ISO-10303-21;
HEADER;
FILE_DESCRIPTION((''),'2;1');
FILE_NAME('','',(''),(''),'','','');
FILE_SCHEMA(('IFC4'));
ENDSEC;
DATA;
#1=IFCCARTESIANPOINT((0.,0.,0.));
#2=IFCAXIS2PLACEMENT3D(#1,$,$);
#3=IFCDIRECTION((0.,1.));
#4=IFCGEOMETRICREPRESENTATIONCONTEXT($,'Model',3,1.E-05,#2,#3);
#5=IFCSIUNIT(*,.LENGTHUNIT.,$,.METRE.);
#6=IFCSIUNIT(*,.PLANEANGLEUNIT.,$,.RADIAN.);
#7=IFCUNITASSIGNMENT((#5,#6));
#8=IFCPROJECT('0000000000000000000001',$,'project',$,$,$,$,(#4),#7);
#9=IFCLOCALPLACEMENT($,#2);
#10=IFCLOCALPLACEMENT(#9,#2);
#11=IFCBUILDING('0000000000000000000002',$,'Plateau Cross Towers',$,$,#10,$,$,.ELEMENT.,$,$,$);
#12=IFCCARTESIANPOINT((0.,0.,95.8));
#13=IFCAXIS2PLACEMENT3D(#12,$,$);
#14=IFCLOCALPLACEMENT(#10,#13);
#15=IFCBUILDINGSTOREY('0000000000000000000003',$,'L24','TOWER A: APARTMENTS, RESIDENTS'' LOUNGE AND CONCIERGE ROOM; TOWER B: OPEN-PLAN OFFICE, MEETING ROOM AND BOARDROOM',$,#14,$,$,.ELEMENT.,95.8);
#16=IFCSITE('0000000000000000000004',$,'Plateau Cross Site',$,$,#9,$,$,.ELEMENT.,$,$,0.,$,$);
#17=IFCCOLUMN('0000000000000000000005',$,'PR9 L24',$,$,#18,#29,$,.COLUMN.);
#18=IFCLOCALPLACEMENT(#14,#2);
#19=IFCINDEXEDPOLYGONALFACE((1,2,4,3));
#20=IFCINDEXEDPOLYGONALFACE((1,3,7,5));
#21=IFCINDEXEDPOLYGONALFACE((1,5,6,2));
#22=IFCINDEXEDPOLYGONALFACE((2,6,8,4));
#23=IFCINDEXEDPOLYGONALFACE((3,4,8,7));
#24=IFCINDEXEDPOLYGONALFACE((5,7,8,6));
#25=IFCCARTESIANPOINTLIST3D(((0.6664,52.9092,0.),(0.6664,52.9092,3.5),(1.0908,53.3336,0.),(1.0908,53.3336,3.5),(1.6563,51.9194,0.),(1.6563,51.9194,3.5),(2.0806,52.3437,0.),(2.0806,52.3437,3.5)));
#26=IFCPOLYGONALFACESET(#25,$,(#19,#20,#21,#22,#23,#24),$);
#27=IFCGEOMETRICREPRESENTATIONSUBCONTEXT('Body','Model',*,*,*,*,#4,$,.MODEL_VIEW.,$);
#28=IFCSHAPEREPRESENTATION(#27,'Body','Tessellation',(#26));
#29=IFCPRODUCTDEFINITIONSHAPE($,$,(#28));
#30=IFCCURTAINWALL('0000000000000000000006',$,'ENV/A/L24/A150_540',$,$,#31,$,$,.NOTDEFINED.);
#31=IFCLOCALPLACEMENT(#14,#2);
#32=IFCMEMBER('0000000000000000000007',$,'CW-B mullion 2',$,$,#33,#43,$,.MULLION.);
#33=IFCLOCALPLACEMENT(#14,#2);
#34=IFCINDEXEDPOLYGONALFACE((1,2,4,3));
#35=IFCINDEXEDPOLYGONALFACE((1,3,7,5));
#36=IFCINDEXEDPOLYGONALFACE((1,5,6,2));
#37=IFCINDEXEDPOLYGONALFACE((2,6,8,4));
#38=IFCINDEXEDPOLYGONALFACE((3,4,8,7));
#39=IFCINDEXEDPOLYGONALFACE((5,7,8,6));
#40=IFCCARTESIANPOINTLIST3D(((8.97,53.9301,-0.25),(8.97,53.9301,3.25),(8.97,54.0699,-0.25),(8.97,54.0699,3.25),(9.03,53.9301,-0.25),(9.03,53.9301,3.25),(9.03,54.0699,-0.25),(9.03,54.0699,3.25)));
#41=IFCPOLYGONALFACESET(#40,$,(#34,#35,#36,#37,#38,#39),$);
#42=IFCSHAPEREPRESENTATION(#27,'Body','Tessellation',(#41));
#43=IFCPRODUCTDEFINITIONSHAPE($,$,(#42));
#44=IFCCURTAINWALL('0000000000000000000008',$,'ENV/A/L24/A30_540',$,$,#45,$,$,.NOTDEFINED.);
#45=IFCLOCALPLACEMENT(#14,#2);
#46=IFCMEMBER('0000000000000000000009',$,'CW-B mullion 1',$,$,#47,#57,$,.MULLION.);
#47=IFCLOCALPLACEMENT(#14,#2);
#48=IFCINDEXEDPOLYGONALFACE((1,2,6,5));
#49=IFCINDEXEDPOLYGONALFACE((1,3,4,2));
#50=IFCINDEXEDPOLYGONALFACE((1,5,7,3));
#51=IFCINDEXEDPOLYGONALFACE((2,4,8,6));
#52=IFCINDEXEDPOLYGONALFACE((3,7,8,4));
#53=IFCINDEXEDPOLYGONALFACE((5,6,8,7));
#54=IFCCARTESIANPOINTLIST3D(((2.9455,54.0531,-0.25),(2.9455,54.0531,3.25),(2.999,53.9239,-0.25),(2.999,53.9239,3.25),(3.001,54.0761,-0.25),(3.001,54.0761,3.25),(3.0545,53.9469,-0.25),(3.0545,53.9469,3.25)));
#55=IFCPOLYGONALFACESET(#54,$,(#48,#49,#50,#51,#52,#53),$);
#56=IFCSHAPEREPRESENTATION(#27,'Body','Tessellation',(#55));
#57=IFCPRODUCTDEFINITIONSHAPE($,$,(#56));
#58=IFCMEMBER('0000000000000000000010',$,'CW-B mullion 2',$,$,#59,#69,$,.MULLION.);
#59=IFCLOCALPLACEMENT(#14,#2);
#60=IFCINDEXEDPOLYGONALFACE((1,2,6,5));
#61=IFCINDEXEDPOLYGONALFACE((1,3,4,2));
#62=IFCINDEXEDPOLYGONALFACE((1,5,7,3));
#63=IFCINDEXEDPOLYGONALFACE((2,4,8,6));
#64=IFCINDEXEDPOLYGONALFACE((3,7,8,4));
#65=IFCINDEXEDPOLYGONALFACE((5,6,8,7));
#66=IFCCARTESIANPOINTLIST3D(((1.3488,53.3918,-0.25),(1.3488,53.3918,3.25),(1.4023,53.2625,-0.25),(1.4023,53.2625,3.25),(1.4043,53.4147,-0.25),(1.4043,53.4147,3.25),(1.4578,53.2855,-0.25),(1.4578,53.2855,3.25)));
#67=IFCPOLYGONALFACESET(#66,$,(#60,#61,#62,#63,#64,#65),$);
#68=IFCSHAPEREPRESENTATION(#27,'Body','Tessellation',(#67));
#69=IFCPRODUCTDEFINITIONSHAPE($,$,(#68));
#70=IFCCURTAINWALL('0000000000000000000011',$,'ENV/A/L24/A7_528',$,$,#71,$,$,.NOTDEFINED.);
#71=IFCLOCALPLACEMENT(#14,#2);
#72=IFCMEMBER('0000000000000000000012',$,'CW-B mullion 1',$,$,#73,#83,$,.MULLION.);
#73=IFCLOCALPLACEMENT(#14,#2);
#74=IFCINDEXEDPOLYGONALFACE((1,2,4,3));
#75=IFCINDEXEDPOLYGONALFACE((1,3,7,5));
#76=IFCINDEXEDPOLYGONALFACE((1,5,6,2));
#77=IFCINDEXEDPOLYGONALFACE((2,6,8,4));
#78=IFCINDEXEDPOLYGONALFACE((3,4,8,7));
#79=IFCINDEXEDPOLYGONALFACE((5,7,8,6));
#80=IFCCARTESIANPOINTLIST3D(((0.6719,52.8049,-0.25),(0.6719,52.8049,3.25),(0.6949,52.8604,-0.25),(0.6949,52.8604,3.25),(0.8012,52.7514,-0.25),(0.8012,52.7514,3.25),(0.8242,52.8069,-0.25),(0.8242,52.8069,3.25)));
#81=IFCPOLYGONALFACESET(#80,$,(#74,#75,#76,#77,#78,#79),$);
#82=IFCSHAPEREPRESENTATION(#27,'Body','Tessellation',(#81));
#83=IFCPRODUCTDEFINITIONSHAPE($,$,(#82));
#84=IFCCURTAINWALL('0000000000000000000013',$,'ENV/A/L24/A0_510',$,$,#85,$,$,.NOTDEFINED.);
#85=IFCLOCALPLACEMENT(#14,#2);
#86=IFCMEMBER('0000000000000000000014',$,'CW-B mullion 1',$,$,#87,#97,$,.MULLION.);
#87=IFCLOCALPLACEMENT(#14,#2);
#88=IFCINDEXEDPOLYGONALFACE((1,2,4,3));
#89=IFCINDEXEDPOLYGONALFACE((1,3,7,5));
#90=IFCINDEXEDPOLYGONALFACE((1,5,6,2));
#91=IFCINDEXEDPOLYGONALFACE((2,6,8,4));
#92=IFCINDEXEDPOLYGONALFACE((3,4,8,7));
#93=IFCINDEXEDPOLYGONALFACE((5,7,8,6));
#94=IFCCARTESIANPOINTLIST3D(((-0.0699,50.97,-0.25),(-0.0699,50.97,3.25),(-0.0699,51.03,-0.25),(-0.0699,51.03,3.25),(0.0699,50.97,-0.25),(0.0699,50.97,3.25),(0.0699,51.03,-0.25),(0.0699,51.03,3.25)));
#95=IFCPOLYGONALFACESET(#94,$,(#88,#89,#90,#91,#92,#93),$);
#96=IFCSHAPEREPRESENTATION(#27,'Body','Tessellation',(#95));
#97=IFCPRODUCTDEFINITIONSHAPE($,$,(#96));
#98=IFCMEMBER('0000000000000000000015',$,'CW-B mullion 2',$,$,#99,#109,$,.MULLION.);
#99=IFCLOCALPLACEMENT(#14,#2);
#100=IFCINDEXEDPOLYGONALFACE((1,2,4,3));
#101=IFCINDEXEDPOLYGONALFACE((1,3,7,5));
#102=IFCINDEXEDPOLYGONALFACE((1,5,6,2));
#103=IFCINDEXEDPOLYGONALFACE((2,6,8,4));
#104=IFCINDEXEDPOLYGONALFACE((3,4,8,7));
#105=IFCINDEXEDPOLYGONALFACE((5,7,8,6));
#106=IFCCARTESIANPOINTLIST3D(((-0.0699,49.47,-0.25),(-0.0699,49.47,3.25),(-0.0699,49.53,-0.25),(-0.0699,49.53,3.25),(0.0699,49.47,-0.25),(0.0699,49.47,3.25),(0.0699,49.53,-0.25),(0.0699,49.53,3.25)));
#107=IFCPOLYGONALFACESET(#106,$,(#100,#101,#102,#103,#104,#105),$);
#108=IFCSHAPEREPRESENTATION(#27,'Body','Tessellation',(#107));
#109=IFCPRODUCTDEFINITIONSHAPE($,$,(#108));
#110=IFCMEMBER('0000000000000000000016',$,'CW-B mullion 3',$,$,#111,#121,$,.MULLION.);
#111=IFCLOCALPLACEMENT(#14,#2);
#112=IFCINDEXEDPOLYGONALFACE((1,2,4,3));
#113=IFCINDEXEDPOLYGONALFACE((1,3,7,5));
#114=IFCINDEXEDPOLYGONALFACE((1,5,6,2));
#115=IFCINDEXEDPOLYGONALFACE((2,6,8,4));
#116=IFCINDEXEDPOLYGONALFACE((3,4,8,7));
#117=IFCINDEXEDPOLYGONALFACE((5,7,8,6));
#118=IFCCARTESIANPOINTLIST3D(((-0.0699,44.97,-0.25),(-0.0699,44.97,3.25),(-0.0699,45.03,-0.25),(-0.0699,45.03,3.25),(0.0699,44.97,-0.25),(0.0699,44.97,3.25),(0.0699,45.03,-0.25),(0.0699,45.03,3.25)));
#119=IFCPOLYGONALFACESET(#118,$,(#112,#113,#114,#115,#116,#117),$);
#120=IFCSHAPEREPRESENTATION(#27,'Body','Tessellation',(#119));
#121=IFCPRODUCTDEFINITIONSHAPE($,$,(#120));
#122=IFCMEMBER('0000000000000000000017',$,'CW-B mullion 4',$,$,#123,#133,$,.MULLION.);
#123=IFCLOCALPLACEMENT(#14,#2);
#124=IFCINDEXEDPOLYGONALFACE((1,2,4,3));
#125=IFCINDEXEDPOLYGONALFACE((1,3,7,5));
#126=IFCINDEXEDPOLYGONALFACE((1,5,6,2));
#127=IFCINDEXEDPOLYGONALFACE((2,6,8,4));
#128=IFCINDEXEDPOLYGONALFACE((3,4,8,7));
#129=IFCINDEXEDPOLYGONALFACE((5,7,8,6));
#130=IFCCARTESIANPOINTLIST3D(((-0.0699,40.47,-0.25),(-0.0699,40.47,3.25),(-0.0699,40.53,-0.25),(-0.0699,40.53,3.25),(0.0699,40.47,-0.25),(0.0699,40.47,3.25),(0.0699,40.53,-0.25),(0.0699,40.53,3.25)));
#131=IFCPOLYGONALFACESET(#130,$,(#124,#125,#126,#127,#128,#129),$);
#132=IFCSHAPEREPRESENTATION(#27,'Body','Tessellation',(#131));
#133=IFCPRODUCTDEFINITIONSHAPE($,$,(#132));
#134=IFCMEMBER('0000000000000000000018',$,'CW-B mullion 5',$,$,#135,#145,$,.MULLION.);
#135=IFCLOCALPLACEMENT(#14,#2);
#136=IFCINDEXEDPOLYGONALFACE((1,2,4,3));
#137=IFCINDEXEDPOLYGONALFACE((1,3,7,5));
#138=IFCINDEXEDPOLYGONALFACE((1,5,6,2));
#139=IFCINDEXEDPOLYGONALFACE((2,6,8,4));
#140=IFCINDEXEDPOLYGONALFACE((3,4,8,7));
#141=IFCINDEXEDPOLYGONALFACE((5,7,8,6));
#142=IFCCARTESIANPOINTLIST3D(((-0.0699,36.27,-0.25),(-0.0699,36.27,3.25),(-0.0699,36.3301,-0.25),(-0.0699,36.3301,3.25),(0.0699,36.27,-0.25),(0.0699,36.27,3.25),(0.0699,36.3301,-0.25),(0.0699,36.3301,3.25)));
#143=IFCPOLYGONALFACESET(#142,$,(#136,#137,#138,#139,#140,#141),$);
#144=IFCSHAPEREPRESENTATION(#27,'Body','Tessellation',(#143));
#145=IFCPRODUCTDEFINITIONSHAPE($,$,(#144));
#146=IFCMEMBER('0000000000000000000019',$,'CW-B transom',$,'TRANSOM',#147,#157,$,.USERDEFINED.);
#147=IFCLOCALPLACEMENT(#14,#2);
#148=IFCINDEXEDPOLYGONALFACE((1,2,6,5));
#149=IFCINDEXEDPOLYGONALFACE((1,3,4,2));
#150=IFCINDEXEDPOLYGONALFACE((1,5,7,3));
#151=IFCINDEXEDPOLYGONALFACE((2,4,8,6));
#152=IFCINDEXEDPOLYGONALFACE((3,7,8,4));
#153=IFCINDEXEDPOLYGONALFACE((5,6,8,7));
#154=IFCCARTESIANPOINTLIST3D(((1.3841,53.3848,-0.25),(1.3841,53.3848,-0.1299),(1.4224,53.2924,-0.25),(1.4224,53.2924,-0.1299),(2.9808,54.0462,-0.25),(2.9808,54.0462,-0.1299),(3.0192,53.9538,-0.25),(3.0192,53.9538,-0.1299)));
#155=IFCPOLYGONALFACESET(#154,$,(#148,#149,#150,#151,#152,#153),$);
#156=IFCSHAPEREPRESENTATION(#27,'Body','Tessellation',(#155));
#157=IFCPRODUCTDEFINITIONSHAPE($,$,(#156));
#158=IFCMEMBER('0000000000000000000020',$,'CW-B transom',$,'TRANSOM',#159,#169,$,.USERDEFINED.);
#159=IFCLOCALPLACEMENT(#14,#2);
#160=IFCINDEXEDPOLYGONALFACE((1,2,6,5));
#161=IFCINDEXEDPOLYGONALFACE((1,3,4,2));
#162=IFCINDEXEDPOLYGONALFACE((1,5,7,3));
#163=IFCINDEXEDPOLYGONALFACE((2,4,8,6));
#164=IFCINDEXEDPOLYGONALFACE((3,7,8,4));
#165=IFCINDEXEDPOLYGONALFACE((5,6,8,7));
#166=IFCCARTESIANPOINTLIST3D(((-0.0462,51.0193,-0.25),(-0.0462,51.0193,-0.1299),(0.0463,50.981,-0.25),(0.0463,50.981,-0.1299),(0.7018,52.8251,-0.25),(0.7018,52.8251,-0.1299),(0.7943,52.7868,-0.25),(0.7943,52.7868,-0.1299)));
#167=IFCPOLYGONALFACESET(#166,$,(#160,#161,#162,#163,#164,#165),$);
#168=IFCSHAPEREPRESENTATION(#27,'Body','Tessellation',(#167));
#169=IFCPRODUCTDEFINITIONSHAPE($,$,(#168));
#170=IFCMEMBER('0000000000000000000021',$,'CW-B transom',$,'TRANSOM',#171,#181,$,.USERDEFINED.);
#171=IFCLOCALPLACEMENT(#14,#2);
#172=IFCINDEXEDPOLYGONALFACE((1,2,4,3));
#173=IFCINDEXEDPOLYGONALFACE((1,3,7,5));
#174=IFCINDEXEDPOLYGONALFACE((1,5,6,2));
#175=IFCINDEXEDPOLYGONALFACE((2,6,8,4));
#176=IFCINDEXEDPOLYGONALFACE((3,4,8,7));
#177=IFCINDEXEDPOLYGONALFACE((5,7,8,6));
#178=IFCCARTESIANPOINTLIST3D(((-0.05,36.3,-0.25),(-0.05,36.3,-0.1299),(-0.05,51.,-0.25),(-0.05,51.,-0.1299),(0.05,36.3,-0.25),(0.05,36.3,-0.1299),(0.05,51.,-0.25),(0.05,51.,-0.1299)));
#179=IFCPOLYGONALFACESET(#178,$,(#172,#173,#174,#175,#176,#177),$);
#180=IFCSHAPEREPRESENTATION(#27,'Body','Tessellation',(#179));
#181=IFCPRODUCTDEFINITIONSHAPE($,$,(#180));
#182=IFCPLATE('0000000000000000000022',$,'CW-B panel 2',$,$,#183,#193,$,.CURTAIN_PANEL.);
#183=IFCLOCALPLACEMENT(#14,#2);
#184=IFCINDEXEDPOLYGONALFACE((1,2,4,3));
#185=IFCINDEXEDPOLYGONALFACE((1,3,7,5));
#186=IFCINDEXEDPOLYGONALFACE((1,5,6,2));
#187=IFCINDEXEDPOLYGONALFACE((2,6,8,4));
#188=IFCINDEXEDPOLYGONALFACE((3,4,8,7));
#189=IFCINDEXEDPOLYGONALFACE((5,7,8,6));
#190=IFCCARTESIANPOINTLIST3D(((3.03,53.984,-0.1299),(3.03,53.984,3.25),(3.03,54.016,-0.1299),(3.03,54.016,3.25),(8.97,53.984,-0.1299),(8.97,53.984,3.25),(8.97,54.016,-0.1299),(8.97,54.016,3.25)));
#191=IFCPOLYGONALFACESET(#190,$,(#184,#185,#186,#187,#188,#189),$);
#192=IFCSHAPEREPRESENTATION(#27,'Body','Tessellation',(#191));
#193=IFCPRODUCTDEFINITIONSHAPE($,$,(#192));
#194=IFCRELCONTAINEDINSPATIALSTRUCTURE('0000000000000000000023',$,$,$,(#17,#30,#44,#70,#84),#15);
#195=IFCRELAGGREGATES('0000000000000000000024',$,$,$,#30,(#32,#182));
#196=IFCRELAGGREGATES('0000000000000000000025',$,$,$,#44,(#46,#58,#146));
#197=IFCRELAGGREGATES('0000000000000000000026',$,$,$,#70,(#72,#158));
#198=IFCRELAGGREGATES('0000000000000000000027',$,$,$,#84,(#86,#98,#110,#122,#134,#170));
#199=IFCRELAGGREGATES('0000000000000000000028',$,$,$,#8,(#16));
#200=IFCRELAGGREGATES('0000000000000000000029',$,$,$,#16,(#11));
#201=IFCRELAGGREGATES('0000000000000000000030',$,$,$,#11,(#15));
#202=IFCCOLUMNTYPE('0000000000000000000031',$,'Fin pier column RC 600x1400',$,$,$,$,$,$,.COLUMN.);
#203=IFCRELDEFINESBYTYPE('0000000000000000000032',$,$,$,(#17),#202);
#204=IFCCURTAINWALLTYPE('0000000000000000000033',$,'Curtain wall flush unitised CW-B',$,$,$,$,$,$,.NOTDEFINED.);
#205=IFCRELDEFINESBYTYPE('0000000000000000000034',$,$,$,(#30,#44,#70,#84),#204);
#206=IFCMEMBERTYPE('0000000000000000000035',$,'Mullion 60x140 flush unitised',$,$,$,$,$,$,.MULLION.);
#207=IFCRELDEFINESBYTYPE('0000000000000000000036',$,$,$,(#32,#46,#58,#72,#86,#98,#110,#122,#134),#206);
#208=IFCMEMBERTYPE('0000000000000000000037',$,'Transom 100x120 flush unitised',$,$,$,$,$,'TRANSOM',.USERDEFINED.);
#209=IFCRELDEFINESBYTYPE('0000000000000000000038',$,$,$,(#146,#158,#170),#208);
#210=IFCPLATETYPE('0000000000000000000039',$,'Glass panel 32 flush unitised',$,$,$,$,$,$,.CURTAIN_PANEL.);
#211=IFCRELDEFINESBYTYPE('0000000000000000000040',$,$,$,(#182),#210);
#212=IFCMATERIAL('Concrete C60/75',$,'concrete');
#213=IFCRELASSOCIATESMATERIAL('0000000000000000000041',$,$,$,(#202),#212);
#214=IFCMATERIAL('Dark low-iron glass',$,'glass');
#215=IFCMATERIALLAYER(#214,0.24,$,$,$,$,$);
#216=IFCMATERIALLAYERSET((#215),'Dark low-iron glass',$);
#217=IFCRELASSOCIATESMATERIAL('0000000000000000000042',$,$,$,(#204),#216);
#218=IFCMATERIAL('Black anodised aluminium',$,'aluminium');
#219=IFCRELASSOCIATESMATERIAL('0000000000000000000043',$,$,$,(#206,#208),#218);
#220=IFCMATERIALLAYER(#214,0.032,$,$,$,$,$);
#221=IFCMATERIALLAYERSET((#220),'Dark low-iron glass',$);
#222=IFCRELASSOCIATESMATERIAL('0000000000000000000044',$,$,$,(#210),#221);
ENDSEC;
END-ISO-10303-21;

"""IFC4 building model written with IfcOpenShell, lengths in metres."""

from ifc_helpers import new_model, si_unit, direction, frame, origin, origin_2d, place, context, subcontext, project, spatial, rectangle, extrude, material, layer, layer_set, material_profile, profile_set, type_object, element, aggregate, save


model = new_model("IFC4")

# Units and contexts
model_context = context("Model", 3, precision=1e-05, world=origin(), true_north=direction((0.0, 1.0)))
body_context = subcontext(model_context, "Body", "Model", "MODEL_VIEW")
ifc_project = project(units=[si_unit("LENGTHUNIT", "METRE"), si_unit("PLANEANGLEUNIT", "RADIAN")], contexts=[model_context])

# Site, building, storey
site_placement = place(None, origin())
site = spatial("IfcSite", under=ifc_project, at=site_placement, Name="Plateau Cross Site", CompositionType="ELEMENT", RefElevation=0.0)
building_placement = place(site_placement, origin())
building = spatial("IfcBuilding", under=site, at=building_placement, Name="Plateau Cross Towers", CompositionType="ELEMENT")
storey_placement = place(building_placement, frame((0.0, 0.0, 95.8)))
storey = spatial("IfcBuildingStorey", under=building, at=storey_placement, Name="L24", Description="TOWER A: APARTMENTS, RESIDENTS' LOUNGE AND CONCIERGE ROOM; TOWER B: OPEN-PLAN OFFICE, MEETING ROOM AND BOARDROOM", CompositionType="ELEMENT", Elevation=95.8)

# Column
ifc_material_1 = material(Name="Concrete C60/75", Category="concrete")
ifc_material_profile_1 = material_profile(ifc_material_1, rectangle(XDim=0.6001, YDim=1.3999, at=origin_2d()), Name="RC 600x1400")
ifc_profile_set_1 = profile_set([ifc_material_profile_1], Name="Concrete C60/75")
column_type = type_object("IfcColumnType", Name="Fin pier column RC 600x1400", PredefinedType="COLUMN", material=ifc_profile_set_1)
column_placement = place(storey_placement, frame((1.3735, 52.6265, 0.0), z_axis=(0.0, 0.0, 1.0), x_axis=(0.707107, 0.707107, 0.0)))
element("IfcColumn", 1, at=column_placement, inside=storey, type_object=column_type, Name="PR9 L24", PredefinedType="COLUMN", context=body_context, shape_type="SweptSolid", body=[
    extrude(rectangle(XDim=0.6001, YDim=1.3999, at=origin_2d()), origin(), (0.0, 0.0, 1.0), 3.5),
])

# Curtain wall, member
ifc_material_2 = material(Name="Dark low-iron glass", Category="glass")
ifc_layer_1 = layer(ifc_material_2, 0.24)
ifc_layer_set_1 = layer_set([ifc_layer_1], Name="Dark low-iron glass")
curtain_wall_type = type_object("IfcCurtainWallType", Name="Curtain wall flush unitised CW-B", PredefinedType="NOTDEFINED", material=ifc_layer_set_1)
curtain_wall_1_placement = place(storey_placement, origin())
curtain_wall_1 = element("IfcCurtainWall", 2, at=curtain_wall_1_placement, inside=storey, type_object=curtain_wall_type, Name="ENV/A/L24/A150_540", PredefinedType="NOTDEFINED")
ifc_material_3 = material(Name="Black anodised aluminium", Category="aluminium")
ifc_material_profile_2 = material_profile(ifc_material_3, rectangle(XDim=0.0601, YDim=0.1399, at=origin_2d()), Name="MULLION 60x140")
ifc_profile_set_2 = profile_set([ifc_material_profile_2], Name="Black anodised aluminium")
member_type_1 = type_object("IfcMemberType", Name="Mullion 60x140 flush unitised", PredefinedType="MULLION", material=ifc_profile_set_2)
member_1_placement = place(storey_placement, frame((9.0, 54.0, -0.25), z_axis=(0.0, 0.0, 1.0), x_axis=(-1.0, 0.0, 0.0)))
member_1 = element("IfcMember", 3, at=member_1_placement, type_object=member_type_1, Name="CW-B mullion 2", PredefinedType="MULLION", context=body_context, shape_type="SweptSolid", body=[
    extrude(rectangle(XDim=0.0601, YDim=0.1399, at=origin_2d()), origin(), (0.0, 0.0, 1.0), 3.5),
])

# Curtain wall, members
curtain_wall_2_placement = place(storey_placement, origin())
curtain_wall_2 = element("IfcCurtainWall", 4, at=curtain_wall_2_placement, inside=storey, type_object=curtain_wall_type, Name="ENV/A/L24/A30_540", PredefinedType="NOTDEFINED")
member_2_placement = place(storey_placement, frame((3.0, 54.0, -0.25), z_axis=(0.0, 0.0, 1.0), x_axis=(-0.923879, -0.382684, 0.0)))
member_2 = element("IfcMember", 5, at=member_2_placement, type_object=member_type_1, Name="CW-B mullion 1", PredefinedType="MULLION", context=body_context, shape_type="SweptSolid", body=[
    extrude(rectangle(XDim=0.0601, YDim=0.1399, at=origin_2d()), origin(), (0.0, 0.0, 1.0), 3.5),
])
member_3_placement = place(storey_placement, frame((1.4033, 53.3386, -0.25), z_axis=(0.0, 0.0, 1.0), x_axis=(-0.923879, -0.382684, 0.0)))
member_3 = element("IfcMember", 6, at=member_3_placement, type_object=member_type_1, Name="CW-B mullion 2", PredefinedType="MULLION", context=body_context, shape_type="SweptSolid", body=[
    extrude(rectangle(XDim=0.0601, YDim=0.1399, at=origin_2d()), origin(), (0.0, 0.0, 1.0), 3.5),
])

# Curtain wall, member
curtain_wall_3_placement = place(storey_placement, origin())
curtain_wall_3 = element("IfcCurtainWall", 7, at=curtain_wall_3_placement, inside=storey, type_object=curtain_wall_type, Name="ENV/A/L24/A7_528", PredefinedType="NOTDEFINED")
member_4_placement = place(storey_placement, frame((0.748, 52.8059, -0.25), z_axis=(0.0, 0.0, 1.0), x_axis=(-0.382684, -0.923879, 0.0)))
member_4 = element("IfcMember", 8, at=member_4_placement, type_object=member_type_1, Name="CW-B mullion 1", PredefinedType="MULLION", context=body_context, shape_type="SweptSolid", body=[
    extrude(rectangle(XDim=0.0601, YDim=0.1399, at=origin_2d()), origin(), (0.0, 0.0, 1.0), 3.5),
])

# Curtain wall, members
curtain_wall_4_placement = place(storey_placement, origin())
curtain_wall_4 = element("IfcCurtainWall", 9, at=curtain_wall_4_placement, inside=storey, type_object=curtain_wall_type, Name="ENV/A/L24/A0_510", PredefinedType="NOTDEFINED")
member_5_placement = place(storey_placement, frame((0.0, 51.0, -0.25), z_axis=(0.0, 0.0, 1.0), x_axis=(0.0, -1.0, 0.0)))
member_5 = element("IfcMember", 10, at=member_5_placement, type_object=member_type_1, Name="CW-B mullion 1", PredefinedType="MULLION", context=body_context, shape_type="SweptSolid", body=[
    extrude(rectangle(XDim=0.0601, YDim=0.1399, at=origin_2d()), origin(), (0.0, 0.0, 1.0), 3.5),
])
member_6_placement = place(storey_placement, frame((0.0, 49.5, -0.25), z_axis=(0.0, 0.0, 1.0), x_axis=(0.0, -1.0, 0.0)))
member_6 = element("IfcMember", 11, at=member_6_placement, type_object=member_type_1, Name="CW-B mullion 2", PredefinedType="MULLION", context=body_context, shape_type="SweptSolid", body=[
    extrude(rectangle(XDim=0.0601, YDim=0.1399, at=origin_2d()), origin(), (0.0, 0.0, 1.0), 3.5),
])
member_7_placement = place(storey_placement, frame((0.0, 45.0, -0.25), z_axis=(0.0, 0.0, 1.0), x_axis=(0.0, -1.0, 0.0)))
member_7 = element("IfcMember", 12, at=member_7_placement, type_object=member_type_1, Name="CW-B mullion 3", PredefinedType="MULLION", context=body_context, shape_type="SweptSolid", body=[
    extrude(rectangle(XDim=0.0601, YDim=0.1399, at=origin_2d()), origin(), (0.0, 0.0, 1.0), 3.5),
])
member_8_placement = place(storey_placement, frame((0.0, 40.5, -0.25), z_axis=(0.0, 0.0, 1.0), x_axis=(0.0, -1.0, 0.0)))
member_8 = element("IfcMember", 13, at=member_8_placement, type_object=member_type_1, Name="CW-B mullion 4", PredefinedType="MULLION", context=body_context, shape_type="SweptSolid", body=[
    extrude(rectangle(XDim=0.0601, YDim=0.1399, at=origin_2d()), origin(), (0.0, 0.0, 1.0), 3.5),
])
member_9_placement = place(storey_placement, frame((0.0, 36.3, -0.25), z_axis=(0.0, 0.0, 1.0), x_axis=(0.0, -1.0, 0.0)))
member_9 = element("IfcMember", 14, at=member_9_placement, type_object=member_type_1, Name="CW-B mullion 5", PredefinedType="MULLION", context=body_context, shape_type="SweptSolid", body=[
    extrude(rectangle(XDim=0.0601, YDim=0.1399, at=origin_2d()), origin(), (0.0, 0.0, 1.0), 3.5),
])

# Members
ifc_material_profile_3 = material_profile(ifc_material_3, rectangle(XDim=0.1001, YDim=0.1201, at=origin_2d()), Name="TRANSOM 100x120")
ifc_profile_set_3 = profile_set([ifc_material_profile_3], Name="Black anodised aluminium")
member_type_2 = type_object("IfcMemberType", Name="Transom 100x120 flush unitised", ElementType="TRANSOM", PredefinedType="USERDEFINED", material=ifc_profile_set_3)
member_10_placement = place(storey_placement, frame((3.0, 54.0, -0.1899), z_axis=(-0.923877, -0.382689, 0.0), x_axis=(0.382689, -0.923877, 0.0)))
member_10 = element("IfcMember", 15, at=member_10_placement, type_object=member_type_2, Name="CW-B transom", ObjectType="TRANSOM", PredefinedType="USERDEFINED", context=body_context, shape_type="SweptSolid", body=[
    extrude(rectangle(XDim=0.1001, YDim=0.1201, at=origin_2d()), origin(), (0.0, 0.0, 1.0), 1.7283),
])
member_11_placement = place(storey_placement, frame((0.748, 52.8059, -0.1899), z_axis=(-0.38269, -0.923877, 0.0), x_axis=(0.923877, -0.38269, 0.0)))
member_11 = element("IfcMember", 16, at=member_11_placement, type_object=member_type_2, Name="CW-B transom", ObjectType="TRANSOM", PredefinedType="USERDEFINED", context=body_context, shape_type="SweptSolid", body=[
    extrude(rectangle(XDim=0.1001, YDim=0.1201, at=origin_2d()), origin(), (0.0, 0.0, 1.0), 1.9546),
])
member_12_placement = place(storey_placement, frame((0.0, 51.0, -0.1899), z_axis=(0.0, -1.0, 0.0), x_axis=(1.0, 0.0, 0.0)))
member_12 = element("IfcMember", 17, at=member_12_placement, type_object=member_type_2, Name="CW-B transom", ObjectType="TRANSOM", PredefinedType="USERDEFINED", context=body_context, shape_type="SweptSolid", body=[
    extrude(rectangle(XDim=0.1001, YDim=0.1201, at=origin_2d()), origin(), (0.0, 0.0, 1.0), 14.7),
])

# Plate
ifc_layer_2 = layer(ifc_material_2, 0.032)
ifc_layer_set_2 = layer_set([ifc_layer_2], Name="Dark low-iron glass")
plate_type = type_object("IfcPlateType", Name="Glass panel 32 flush unitised", PredefinedType="CURTAIN_PANEL", material=ifc_layer_set_2)
plate_1_placement = place(storey_placement, frame((6.0, 54.0, -0.1299), z_axis=(0.0, 0.0, 1.0), x_axis=(-1.0, 0.0, 0.0)))
plate_1 = element("IfcPlate", 18, at=plate_1_placement, type_object=plate_type, Name="CW-B panel 2", PredefinedType="CURTAIN_PANEL", context=body_context, shape_type="SweptSolid", body=[
    extrude(rectangle(XDim=5.9399, YDim=0.032, at=origin_2d()), origin(), (0.0, 0.0, 1.0), 3.3799),
])
aggregate(curtain_wall_1, [member_1, plate_1])
aggregate(curtain_wall_2, [member_2, member_3, member_10])
aggregate(curtain_wall_3, [member_4, member_11])
aggregate(curtain_wall_4, [member_5, member_6, member_7, member_8, member_9, member_12])

save(model, "model.ifc")
